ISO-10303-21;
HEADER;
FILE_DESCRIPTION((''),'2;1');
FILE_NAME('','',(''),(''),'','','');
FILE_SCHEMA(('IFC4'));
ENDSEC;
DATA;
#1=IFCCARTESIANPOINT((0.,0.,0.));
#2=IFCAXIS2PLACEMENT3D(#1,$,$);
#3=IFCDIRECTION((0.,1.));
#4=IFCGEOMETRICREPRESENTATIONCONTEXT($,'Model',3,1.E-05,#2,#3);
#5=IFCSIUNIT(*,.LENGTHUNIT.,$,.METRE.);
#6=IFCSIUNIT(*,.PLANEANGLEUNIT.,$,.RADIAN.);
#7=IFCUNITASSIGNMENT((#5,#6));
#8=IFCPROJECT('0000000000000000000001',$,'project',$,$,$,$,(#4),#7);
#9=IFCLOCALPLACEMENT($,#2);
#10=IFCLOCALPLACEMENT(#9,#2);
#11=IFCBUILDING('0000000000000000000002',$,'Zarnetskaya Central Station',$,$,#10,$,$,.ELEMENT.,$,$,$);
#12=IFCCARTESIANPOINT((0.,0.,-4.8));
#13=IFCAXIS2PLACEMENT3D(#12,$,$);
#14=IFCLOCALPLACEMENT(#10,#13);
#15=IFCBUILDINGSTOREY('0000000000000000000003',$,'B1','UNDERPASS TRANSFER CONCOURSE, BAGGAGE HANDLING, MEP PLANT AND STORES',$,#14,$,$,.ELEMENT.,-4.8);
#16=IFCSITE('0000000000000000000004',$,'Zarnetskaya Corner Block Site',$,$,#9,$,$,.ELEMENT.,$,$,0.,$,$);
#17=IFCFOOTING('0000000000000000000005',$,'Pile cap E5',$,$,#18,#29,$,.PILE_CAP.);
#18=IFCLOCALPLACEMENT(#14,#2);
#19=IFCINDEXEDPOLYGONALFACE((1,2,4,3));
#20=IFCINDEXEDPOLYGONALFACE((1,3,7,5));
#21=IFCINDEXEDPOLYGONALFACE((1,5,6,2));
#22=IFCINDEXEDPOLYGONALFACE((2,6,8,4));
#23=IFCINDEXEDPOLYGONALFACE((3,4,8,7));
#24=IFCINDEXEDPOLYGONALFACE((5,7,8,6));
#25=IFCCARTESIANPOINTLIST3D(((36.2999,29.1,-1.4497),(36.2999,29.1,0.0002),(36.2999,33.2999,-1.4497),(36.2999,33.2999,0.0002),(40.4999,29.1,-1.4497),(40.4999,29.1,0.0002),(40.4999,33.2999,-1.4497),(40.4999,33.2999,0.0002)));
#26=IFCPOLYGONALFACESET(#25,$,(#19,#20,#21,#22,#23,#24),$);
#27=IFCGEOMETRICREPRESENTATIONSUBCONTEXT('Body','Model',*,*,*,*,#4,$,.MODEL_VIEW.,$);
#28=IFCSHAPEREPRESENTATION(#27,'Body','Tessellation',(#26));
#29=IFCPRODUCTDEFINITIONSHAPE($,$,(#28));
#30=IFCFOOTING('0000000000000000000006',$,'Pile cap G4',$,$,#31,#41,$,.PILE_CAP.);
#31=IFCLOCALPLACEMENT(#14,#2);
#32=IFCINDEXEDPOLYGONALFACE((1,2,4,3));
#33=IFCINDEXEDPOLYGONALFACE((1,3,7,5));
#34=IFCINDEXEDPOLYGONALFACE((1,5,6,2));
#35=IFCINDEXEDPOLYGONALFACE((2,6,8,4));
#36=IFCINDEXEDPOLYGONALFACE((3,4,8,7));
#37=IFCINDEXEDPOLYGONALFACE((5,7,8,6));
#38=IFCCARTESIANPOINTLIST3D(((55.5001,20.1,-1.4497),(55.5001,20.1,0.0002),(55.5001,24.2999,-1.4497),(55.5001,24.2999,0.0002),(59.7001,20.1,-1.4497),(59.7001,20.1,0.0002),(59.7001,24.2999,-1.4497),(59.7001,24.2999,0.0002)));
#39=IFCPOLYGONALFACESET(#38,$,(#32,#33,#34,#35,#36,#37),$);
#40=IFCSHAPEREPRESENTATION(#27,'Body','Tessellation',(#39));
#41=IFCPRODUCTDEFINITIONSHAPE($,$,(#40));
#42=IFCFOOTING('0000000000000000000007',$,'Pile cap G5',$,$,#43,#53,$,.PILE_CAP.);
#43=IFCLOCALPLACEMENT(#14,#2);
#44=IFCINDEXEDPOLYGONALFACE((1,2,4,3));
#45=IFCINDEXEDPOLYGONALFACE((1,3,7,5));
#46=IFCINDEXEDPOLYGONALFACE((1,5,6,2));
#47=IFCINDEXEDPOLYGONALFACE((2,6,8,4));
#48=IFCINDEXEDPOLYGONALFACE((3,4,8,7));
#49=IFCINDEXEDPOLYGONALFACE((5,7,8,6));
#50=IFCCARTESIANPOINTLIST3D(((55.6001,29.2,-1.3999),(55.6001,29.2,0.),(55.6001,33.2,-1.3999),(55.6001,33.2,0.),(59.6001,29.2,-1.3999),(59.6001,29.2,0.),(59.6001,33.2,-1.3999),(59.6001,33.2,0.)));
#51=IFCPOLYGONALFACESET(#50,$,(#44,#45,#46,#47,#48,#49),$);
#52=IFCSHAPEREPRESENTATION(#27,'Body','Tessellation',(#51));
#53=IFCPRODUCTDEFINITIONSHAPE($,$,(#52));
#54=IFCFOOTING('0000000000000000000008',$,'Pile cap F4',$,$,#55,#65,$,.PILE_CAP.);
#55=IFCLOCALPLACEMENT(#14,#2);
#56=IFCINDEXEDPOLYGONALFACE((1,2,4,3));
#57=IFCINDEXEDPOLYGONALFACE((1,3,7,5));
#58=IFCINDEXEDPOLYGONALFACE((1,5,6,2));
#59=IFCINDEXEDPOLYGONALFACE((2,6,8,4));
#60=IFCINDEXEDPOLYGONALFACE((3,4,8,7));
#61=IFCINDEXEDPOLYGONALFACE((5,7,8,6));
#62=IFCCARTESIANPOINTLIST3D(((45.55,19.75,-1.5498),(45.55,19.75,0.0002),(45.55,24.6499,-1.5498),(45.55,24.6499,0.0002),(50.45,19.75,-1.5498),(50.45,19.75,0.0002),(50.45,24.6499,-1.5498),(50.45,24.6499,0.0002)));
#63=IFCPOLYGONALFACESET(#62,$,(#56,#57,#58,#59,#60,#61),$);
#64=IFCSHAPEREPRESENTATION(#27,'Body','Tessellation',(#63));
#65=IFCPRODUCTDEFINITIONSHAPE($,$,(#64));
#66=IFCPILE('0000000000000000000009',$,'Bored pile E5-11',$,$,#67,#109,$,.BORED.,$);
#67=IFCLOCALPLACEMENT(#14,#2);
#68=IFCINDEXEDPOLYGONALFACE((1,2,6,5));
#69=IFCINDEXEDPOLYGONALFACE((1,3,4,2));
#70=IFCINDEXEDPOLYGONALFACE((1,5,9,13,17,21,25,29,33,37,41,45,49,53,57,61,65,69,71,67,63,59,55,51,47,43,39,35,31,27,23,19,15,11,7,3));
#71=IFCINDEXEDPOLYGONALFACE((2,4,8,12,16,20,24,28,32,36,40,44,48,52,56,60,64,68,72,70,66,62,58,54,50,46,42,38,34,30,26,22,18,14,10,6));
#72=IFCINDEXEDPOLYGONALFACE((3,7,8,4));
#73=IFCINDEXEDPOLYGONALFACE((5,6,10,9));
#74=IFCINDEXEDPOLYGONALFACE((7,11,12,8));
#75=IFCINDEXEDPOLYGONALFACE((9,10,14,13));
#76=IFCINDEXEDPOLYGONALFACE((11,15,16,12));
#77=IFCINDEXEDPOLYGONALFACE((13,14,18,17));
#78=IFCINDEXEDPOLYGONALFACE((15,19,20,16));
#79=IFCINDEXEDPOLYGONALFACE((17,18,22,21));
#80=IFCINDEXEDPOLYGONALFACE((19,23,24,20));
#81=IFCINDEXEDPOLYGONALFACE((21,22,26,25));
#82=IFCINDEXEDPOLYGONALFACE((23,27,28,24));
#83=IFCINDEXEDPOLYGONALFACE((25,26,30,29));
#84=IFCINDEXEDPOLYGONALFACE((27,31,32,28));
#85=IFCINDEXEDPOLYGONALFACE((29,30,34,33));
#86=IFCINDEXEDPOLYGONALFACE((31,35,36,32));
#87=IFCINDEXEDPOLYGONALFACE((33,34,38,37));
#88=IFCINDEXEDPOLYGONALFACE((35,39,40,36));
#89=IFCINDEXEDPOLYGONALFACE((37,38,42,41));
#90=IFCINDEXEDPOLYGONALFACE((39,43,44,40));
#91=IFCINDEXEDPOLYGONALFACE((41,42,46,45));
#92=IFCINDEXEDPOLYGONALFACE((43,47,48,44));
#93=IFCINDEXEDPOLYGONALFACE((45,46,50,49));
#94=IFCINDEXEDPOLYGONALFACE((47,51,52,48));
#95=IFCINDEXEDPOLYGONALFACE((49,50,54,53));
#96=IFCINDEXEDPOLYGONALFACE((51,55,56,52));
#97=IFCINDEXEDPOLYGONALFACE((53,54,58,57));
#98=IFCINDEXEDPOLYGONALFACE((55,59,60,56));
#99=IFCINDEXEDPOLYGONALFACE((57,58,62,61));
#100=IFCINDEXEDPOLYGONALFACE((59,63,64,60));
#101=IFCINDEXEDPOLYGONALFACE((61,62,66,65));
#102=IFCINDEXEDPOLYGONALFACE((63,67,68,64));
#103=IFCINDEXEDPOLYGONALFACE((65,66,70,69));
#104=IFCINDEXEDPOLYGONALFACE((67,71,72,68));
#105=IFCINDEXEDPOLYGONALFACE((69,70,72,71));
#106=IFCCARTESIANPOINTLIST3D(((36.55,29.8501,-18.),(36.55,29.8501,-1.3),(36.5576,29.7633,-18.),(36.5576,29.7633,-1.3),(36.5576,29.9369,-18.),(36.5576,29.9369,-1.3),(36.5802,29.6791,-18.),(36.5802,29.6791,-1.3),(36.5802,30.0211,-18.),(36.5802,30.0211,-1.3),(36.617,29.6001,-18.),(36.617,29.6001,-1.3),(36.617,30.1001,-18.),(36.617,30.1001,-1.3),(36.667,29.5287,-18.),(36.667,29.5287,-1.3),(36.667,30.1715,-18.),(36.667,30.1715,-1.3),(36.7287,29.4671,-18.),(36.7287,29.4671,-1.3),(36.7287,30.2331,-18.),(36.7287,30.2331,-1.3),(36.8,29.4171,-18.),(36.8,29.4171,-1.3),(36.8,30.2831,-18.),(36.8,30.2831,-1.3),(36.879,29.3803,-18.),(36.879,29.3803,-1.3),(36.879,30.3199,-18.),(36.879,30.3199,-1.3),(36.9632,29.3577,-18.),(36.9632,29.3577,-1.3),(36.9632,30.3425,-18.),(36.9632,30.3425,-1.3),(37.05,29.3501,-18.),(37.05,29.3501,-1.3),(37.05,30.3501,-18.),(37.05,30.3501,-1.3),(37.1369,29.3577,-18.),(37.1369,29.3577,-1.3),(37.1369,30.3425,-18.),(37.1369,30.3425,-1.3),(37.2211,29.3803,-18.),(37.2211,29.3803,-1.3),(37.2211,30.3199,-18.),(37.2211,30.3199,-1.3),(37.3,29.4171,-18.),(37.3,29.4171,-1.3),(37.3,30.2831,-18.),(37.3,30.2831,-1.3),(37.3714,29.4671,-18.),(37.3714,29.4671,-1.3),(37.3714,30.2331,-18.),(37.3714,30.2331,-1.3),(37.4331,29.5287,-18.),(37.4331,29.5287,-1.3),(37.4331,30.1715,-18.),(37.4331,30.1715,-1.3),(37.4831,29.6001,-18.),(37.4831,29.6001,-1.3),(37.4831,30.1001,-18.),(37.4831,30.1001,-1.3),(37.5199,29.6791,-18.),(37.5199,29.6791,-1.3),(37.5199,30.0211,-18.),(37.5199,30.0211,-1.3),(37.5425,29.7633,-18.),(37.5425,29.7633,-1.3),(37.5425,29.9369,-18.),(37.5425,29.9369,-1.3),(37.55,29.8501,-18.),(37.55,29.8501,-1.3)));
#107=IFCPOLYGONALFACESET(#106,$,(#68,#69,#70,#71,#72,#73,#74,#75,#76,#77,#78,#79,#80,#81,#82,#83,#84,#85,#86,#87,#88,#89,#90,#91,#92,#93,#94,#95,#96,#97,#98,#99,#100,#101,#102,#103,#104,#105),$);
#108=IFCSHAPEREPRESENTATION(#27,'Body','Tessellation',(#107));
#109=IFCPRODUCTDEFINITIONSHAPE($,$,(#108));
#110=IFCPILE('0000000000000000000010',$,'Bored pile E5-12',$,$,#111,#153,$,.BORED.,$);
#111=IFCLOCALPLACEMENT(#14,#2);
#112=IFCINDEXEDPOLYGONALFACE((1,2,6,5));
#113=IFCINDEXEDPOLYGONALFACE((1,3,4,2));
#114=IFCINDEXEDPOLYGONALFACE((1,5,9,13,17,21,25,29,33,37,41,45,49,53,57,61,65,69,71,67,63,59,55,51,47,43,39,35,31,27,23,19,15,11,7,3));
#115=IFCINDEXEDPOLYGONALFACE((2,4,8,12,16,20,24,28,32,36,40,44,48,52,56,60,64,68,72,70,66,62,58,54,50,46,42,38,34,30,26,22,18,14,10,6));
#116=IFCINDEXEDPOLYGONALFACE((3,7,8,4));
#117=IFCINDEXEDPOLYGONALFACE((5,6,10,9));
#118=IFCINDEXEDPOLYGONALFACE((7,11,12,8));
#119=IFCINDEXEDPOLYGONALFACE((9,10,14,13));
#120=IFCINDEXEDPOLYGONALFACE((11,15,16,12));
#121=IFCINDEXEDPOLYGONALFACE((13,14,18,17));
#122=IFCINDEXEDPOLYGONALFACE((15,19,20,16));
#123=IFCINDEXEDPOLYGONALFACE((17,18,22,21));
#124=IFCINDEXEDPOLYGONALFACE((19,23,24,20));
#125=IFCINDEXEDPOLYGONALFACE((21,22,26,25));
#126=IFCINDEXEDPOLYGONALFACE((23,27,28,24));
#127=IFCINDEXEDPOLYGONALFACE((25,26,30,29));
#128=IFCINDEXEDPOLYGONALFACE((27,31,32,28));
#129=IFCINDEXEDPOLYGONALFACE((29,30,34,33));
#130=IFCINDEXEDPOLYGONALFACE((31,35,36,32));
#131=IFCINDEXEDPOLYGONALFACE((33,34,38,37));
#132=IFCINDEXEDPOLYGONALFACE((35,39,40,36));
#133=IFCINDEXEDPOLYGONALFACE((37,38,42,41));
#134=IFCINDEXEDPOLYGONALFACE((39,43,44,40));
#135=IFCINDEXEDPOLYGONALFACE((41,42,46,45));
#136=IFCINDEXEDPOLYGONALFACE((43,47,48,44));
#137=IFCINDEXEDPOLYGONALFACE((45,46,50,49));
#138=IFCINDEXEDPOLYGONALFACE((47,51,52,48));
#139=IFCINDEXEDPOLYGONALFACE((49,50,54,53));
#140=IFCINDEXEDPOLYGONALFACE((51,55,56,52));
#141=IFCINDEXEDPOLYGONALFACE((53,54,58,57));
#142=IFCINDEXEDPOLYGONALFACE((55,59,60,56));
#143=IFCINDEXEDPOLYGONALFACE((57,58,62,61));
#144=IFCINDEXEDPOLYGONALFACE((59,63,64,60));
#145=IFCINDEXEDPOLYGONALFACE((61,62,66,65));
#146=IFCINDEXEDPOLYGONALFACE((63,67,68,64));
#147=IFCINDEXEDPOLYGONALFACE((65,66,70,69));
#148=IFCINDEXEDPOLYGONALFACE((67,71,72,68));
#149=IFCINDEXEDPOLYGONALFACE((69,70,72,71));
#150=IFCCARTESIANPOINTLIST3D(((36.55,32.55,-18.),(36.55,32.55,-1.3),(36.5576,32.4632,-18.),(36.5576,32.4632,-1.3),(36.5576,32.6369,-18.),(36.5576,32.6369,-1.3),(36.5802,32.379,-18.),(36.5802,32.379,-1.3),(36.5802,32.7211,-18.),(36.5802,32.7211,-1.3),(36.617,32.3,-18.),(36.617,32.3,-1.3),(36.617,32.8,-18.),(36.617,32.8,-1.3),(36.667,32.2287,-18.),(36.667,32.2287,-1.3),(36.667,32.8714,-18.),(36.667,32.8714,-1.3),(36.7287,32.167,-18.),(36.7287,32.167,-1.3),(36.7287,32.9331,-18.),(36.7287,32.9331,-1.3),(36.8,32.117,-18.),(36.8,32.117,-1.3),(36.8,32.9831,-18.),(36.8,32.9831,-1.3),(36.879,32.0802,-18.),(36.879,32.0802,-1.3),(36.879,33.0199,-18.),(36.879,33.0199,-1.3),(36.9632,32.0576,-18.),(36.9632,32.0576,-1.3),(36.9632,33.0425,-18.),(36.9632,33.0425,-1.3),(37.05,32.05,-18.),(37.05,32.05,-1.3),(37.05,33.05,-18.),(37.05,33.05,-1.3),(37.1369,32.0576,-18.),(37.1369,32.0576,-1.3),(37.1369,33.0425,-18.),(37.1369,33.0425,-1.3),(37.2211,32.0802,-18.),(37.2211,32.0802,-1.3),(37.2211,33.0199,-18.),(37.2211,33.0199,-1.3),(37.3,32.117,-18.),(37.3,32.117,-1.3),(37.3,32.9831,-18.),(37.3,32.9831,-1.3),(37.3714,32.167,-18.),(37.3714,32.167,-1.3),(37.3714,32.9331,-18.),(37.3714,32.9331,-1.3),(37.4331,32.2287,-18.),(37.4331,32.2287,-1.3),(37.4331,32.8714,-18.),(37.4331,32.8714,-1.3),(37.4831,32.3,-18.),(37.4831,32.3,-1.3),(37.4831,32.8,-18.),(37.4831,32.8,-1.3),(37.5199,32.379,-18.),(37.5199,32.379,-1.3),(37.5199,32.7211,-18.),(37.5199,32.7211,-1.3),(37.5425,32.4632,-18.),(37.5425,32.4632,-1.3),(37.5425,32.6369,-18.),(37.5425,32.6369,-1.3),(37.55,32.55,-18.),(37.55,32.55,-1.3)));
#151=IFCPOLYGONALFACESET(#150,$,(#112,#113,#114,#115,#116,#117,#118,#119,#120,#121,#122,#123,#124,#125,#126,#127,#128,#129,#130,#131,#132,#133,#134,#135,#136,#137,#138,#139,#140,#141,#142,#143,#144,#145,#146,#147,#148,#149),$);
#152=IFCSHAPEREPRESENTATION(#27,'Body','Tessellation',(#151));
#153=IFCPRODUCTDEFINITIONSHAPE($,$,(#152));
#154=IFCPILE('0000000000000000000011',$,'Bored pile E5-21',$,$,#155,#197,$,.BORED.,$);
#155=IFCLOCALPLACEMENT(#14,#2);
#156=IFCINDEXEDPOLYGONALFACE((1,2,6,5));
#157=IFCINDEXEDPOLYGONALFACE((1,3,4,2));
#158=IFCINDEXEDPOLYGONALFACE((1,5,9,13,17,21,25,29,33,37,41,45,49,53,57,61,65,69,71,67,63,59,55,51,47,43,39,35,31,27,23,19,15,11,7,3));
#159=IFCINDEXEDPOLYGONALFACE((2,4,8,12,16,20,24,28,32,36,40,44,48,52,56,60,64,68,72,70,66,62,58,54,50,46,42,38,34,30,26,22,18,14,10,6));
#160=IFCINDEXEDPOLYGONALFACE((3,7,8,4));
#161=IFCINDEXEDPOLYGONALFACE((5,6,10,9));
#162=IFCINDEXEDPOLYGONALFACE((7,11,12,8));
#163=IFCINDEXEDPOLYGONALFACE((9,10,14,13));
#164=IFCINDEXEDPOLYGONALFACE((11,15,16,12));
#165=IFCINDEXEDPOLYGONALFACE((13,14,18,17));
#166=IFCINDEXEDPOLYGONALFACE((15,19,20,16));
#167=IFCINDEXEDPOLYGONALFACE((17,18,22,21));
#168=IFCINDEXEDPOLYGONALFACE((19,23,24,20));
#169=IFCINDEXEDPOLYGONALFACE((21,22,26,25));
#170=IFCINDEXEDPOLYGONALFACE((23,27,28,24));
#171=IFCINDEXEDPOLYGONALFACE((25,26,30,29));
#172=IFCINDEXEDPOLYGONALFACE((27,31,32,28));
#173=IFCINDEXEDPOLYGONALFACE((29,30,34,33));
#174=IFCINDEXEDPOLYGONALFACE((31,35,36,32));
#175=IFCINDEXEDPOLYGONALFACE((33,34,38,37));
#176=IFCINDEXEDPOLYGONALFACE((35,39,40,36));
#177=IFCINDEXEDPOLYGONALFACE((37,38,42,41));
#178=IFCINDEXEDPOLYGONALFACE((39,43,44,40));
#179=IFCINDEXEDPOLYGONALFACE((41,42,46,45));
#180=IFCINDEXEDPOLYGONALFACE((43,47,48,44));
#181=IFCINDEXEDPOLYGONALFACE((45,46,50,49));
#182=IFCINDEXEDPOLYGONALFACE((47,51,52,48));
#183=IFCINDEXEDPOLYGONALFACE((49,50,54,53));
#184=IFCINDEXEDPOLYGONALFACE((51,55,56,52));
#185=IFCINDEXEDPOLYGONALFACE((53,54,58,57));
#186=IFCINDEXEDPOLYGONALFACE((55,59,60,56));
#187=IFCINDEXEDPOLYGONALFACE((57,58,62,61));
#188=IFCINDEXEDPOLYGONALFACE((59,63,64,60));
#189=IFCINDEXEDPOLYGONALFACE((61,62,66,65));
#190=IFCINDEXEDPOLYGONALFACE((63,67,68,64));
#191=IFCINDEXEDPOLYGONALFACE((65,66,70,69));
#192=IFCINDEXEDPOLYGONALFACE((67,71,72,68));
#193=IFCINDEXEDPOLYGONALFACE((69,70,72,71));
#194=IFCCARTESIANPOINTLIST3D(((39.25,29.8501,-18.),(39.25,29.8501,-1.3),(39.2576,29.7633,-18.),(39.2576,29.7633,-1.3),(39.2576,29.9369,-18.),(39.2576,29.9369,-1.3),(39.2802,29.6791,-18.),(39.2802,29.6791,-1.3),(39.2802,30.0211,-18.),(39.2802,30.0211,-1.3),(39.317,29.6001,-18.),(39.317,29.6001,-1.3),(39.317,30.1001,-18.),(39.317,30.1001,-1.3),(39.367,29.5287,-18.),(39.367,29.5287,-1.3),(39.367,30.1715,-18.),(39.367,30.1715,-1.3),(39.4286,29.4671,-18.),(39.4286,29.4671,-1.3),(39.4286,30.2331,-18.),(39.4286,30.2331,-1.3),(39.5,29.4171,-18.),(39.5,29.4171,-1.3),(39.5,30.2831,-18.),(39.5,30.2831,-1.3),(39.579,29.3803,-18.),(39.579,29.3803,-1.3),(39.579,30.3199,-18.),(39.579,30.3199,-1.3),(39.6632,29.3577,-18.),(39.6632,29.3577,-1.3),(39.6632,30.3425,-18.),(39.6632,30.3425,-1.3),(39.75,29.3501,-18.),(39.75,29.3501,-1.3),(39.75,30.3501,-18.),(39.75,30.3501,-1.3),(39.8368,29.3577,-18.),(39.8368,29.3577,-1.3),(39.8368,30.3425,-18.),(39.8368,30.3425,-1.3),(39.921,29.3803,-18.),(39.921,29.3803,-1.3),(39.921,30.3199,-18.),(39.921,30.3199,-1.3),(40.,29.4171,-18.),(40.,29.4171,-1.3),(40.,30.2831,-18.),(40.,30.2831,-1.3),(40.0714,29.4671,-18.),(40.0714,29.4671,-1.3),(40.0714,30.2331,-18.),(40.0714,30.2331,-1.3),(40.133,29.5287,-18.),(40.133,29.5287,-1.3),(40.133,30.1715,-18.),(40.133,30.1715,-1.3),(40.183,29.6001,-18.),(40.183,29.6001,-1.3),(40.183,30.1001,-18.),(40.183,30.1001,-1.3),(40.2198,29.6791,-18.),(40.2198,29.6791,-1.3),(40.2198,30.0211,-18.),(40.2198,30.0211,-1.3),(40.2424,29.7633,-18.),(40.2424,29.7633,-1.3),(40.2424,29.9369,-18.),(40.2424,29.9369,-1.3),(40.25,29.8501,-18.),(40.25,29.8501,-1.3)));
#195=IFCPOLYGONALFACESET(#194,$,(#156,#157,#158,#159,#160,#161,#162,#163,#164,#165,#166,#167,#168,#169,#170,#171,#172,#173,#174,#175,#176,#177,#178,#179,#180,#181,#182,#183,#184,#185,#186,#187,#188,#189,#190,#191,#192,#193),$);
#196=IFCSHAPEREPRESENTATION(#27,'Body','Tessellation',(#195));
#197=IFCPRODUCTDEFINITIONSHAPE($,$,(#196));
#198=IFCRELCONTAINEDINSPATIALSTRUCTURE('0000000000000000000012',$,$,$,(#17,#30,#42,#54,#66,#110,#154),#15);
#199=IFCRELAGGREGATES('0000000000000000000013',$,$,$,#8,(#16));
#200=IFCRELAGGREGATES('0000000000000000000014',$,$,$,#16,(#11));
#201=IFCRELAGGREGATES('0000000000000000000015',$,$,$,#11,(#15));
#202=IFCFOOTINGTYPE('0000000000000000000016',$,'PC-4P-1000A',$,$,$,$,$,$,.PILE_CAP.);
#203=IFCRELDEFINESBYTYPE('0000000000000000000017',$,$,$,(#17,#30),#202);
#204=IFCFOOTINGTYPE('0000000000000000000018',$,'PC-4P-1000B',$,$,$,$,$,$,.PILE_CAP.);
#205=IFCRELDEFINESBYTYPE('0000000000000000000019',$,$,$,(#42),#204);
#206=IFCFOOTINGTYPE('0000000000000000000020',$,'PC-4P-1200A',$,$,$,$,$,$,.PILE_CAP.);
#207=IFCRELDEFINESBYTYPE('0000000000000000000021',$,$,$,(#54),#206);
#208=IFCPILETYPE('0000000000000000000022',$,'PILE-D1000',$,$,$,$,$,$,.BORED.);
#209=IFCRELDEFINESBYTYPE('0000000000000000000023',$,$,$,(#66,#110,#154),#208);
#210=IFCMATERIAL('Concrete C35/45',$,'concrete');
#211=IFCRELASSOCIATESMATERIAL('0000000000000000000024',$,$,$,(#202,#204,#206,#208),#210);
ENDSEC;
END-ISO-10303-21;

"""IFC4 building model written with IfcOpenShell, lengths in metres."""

from ifc_helpers import new_model, si_unit, direction, frame, origin, origin_2d, place, context, subcontext, project, spatial, rectangle, circle, extrude, material, material_profile, profile_set, type_object, element, save


model = new_model("IFC4")

# Units and contexts
model_context = context("Model", 3, precision=1e-05, world=origin(), true_north=direction((0.0, 1.0)))
body_context = subcontext(model_context, "Body", "Model", "MODEL_VIEW")
ifc_project = project(units=[si_unit("LENGTHUNIT", "METRE"), si_unit("PLANEANGLEUNIT", "RADIAN")], contexts=[model_context])

# Site, building, storey
site_placement = place(None, origin())
site = spatial("IfcSite", under=ifc_project, at=site_placement, Name="Zarnetskaya Corner Block Site", CompositionType="ELEMENT", RefElevation=0.0)
building_placement = place(site_placement, origin())
building = spatial("IfcBuilding", under=site, at=building_placement, Name="Zarnetskaya Central Station", CompositionType="ELEMENT")
storey_placement = place(building_placement, frame((0.0, 0.0, -4.8)))
storey = spatial("IfcBuildingStorey", under=building, at=storey_placement, Name="B1", Description="UNDERPASS TRANSFER CONCOURSE, BAGGAGE HANDLING, MEP PLANT AND STORES", CompositionType="ELEMENT", Elevation=-4.8)

# Footings
ifc_material = material(Name="Concrete C35/45", Category="concrete")
footing_type_1 = type_object("IfcFootingType", Name="PC-4P-1000A", PredefinedType="PILE_CAP", material=ifc_material)
for number, where, z_axis, x_axis, name in (
    (1, (38.3999, 31.2, -1.4497), (0.0, 0.0, 1.0), (1.0, 0.0, 0.0), "Pile cap E5"),
    (2, (57.6001, 22.2, -1.4497), (0.0, 0.0, 1.0), (1.0, 0.0, 0.0), "Pile cap G4"),
):
    element("IfcFooting", number, at=place(storey_placement, frame(where, z_axis=z_axis, x_axis=x_axis)), inside=storey, type_object=footing_type_1, Name=name, PredefinedType="PILE_CAP", context=body_context, shape_type="SweptSolid", body=[
        extrude(rectangle(XDim=4.2, YDim=4.2, at=origin_2d()), origin(), (0.0, 0.0, 1.0), 1.45),
    ])
footing_type_2 = type_object("IfcFootingType", Name="PC-4P-1000B", PredefinedType="PILE_CAP", material=ifc_material)
footing_1_placement = place(storey_placement, frame((57.6001, 31.2, -1.3999), z_axis=(0.0, 0.0, 1.0), x_axis=(1.0, 0.0, 0.0)))
element("IfcFooting", 3, at=footing_1_placement, inside=storey, type_object=footing_type_2, Name="Pile cap G5", PredefinedType="PILE_CAP", context=body_context, shape_type="SweptSolid", body=[
    extrude(rectangle(XDim=4.0, YDim=4.0, at=origin_2d()), origin(), (0.0, 0.0, 1.0), 1.3999),
])
footing_type_3 = type_object("IfcFootingType", Name="PC-4P-1200A", PredefinedType="PILE_CAP", material=ifc_material)
footing_2_placement = place(storey_placement, frame((48.0, 22.2, -1.5498), z_axis=(0.0, 0.0, 1.0), x_axis=(1.0, 0.0, 0.0)))
element("IfcFooting", 4, at=footing_2_placement, inside=storey, type_object=footing_type_3, Name="Pile cap F4", PredefinedType="PILE_CAP", context=body_context, shape_type="SweptSolid", body=[
    extrude(rectangle(XDim=4.8999, YDim=4.8999, at=origin_2d()), origin(), (0.0, 0.0, 1.0), 1.55),
])

# Piles
ifc_material_profile_1 = material_profile(ifc_material, circle(Radius=0.5, at=origin_2d()), Name="BORED PILE D1000")
ifc_profile_set_1 = profile_set([ifc_material_profile_1], Name="Concrete C35/45")
pile_type_1 = type_object("IfcPileType", Name="PILE-D1000", PredefinedType="BORED", material=ifc_profile_set_1)
for number, where, z_axis, x_axis, name in (
    (5, (37.05, 29.8501, -1.3), (0.0, 0.0, -1.0), (1.0, 0.0, 0.0), "Bored pile E5-11"),
    (6, (37.05, 32.55, -1.3), (0.0, 0.0, -1.0), (1.0, 0.0, 0.0), "Bored pile E5-12"),
    (7, (39.75, 29.8501, -1.3), (0.0, 0.0, -1.0), (1.0, 0.0, 0.0), "Bored pile E5-21"),
):
    element("IfcPile", number, at=place(storey_placement, frame(where, z_axis=z_axis, x_axis=x_axis)), inside=storey, type_object=pile_type_1, Name=name, PredefinedType="BORED", context=body_context, shape_type="SweptSolid", body=[
        extrude(circle(Radius=0.5, at=origin_2d()), origin(), (0.0, 0.0, 1.0), 16.7),
    ])

save(model, "model.ifc")
